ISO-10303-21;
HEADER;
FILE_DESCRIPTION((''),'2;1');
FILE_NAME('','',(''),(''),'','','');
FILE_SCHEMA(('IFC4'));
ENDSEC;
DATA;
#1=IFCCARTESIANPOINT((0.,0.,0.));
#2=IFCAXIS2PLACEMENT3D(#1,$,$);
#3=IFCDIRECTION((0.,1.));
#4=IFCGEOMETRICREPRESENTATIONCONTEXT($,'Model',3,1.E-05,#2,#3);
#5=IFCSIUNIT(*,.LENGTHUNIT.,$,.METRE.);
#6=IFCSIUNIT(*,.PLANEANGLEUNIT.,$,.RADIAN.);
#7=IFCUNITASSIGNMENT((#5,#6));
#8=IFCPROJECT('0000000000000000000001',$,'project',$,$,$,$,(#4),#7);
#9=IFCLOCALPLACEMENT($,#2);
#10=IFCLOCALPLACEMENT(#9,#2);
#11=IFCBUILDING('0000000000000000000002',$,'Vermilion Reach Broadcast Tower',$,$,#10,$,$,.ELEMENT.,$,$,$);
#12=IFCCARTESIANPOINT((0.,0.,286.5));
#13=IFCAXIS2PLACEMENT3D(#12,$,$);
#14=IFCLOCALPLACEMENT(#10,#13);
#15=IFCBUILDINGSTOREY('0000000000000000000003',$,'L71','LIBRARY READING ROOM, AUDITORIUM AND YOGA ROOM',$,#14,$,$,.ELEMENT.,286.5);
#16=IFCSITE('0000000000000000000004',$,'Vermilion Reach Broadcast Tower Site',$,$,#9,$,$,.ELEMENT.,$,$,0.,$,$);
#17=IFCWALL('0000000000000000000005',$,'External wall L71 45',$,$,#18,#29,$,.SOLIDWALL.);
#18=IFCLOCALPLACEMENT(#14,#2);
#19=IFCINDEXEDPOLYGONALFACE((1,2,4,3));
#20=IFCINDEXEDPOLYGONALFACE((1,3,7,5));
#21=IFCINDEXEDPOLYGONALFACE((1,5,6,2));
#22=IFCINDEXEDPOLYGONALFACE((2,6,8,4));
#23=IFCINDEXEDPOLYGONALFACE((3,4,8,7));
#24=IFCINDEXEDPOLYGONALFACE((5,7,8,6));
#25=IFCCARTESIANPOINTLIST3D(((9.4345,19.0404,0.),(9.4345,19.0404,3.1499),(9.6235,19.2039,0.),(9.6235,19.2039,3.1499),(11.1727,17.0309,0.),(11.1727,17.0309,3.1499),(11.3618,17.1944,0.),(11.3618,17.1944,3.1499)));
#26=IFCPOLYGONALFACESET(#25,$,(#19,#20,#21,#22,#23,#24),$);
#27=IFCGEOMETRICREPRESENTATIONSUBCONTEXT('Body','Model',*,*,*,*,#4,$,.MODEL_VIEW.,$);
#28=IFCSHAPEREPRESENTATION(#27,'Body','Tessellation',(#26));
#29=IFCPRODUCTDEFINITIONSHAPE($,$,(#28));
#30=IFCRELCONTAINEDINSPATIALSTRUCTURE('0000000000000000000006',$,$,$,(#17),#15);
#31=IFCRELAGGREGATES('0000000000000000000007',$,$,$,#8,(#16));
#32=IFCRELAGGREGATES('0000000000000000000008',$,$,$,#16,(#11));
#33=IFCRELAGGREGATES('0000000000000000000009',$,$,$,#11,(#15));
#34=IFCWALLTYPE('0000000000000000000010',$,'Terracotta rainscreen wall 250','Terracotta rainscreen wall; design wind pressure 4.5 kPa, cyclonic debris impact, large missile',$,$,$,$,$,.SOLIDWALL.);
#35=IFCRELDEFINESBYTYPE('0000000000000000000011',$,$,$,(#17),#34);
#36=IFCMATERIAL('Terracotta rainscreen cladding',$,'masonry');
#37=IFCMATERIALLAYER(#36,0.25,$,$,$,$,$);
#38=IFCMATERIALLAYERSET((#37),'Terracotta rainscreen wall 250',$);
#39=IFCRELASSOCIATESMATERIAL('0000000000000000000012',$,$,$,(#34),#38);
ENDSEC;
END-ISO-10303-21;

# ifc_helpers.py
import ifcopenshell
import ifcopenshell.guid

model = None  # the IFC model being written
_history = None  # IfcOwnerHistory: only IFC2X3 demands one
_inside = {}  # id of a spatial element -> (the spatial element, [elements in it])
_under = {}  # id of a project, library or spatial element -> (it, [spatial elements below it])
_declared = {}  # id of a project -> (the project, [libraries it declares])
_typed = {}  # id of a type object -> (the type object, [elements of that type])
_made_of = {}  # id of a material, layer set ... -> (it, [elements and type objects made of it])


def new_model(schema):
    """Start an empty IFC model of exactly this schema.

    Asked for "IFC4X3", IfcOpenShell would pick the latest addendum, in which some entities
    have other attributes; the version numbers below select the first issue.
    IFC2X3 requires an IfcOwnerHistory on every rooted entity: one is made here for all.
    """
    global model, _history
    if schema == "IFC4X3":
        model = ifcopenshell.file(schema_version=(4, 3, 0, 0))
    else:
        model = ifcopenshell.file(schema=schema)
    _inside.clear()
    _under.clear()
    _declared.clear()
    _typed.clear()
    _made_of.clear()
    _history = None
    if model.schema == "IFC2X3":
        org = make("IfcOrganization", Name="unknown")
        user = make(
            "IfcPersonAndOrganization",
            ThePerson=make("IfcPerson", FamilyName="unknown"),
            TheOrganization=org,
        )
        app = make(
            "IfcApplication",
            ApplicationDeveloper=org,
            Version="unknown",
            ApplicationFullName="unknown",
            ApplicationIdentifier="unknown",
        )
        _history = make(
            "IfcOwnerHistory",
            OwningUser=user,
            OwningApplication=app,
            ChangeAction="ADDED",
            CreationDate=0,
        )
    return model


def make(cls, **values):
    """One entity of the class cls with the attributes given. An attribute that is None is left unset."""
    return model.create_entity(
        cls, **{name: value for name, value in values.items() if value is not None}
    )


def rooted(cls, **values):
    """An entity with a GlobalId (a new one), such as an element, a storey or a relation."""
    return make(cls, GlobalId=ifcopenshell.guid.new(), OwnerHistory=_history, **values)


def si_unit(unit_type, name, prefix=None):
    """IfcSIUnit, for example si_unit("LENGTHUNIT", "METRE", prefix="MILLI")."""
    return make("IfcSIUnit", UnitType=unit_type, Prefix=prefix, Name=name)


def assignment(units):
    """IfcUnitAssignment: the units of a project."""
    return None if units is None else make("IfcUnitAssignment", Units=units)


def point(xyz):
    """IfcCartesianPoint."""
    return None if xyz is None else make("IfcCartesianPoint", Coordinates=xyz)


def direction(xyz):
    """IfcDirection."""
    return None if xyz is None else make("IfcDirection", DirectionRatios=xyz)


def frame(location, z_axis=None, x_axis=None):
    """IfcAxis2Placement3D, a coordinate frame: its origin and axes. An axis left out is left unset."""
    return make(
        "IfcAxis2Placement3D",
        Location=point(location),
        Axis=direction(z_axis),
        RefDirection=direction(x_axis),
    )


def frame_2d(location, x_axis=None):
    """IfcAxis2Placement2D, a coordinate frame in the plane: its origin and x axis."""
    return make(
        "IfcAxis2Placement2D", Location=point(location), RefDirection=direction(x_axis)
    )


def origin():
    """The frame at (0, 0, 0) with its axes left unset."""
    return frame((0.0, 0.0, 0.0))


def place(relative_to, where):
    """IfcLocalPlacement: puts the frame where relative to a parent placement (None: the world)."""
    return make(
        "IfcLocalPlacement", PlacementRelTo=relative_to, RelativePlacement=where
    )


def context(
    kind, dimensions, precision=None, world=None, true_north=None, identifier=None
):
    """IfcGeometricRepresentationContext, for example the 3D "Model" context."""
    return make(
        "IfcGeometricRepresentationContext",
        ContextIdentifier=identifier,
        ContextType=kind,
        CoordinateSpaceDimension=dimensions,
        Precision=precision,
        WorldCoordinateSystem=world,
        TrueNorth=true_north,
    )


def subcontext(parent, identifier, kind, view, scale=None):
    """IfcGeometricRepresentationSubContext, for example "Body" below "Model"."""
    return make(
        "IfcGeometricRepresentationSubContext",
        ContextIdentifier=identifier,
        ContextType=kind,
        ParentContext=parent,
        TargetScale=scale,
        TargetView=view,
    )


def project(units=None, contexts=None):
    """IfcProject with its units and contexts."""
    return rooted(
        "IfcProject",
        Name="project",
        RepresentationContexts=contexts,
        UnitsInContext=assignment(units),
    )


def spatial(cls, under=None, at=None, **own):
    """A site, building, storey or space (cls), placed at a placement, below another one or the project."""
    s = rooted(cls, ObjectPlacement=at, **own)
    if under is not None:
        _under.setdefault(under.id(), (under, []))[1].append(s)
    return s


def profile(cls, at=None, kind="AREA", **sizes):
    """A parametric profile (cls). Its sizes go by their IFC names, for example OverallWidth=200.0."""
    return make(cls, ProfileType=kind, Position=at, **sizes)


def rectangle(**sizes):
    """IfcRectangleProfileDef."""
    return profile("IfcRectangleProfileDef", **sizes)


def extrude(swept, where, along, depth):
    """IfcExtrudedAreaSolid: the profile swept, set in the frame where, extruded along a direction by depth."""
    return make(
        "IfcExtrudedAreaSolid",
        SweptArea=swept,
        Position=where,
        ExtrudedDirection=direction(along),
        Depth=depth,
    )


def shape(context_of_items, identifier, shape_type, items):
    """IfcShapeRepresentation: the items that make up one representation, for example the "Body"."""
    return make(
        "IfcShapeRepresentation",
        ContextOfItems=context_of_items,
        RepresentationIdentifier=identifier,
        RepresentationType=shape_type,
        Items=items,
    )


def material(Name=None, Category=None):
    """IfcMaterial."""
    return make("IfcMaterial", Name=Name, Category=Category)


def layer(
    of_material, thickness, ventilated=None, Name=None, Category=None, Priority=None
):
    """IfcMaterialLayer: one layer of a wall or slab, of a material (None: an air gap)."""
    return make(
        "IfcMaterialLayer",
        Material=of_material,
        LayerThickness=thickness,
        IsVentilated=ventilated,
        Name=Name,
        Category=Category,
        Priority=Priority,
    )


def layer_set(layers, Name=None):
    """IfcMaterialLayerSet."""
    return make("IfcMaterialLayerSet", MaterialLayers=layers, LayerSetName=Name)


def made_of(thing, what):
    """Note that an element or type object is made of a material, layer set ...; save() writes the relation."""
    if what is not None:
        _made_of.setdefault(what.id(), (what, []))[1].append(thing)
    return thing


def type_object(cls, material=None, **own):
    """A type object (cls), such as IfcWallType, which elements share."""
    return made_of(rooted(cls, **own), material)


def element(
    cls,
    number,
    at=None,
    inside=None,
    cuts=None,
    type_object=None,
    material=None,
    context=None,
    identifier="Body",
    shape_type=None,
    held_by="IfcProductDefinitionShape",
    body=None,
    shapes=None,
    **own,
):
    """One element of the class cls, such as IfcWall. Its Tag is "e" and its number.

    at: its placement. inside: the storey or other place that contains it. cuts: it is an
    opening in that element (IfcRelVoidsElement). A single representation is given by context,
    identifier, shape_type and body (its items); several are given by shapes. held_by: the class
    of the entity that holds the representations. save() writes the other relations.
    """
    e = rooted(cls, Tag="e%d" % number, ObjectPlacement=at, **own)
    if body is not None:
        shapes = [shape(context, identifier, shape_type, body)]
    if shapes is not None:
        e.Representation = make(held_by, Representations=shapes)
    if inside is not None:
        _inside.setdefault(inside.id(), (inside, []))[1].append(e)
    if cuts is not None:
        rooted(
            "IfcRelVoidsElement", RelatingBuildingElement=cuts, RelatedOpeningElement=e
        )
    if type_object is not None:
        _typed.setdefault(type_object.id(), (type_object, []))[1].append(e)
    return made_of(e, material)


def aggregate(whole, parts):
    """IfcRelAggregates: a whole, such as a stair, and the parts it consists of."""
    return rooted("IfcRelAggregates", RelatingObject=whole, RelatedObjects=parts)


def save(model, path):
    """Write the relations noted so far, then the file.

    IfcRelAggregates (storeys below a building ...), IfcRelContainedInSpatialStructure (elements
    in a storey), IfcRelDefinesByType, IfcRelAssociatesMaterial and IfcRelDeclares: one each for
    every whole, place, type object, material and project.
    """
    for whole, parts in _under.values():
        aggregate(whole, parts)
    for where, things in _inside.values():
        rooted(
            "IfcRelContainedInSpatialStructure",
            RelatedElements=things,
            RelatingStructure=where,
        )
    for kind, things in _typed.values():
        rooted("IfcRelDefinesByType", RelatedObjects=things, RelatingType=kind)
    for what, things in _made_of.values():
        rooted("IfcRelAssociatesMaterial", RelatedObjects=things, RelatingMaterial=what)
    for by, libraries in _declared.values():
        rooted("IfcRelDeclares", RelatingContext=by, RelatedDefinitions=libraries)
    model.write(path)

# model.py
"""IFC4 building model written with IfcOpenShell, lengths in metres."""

from ifc_helpers import new_model, si_unit, direction, frame, frame_2d, origin, place, context, subcontext, project, spatial, rectangle, extrude, material, layer, layer_set, type_object, element, save


model = new_model("IFC4")

# Units and contexts
model_context = context("Model", 3, precision=1e-05, world=origin(), true_north=direction((0.0, 1.0)))
body_context = subcontext(model_context, "Body", "Model", "MODEL_VIEW")
ifc_project = project(units=[si_unit("LENGTHUNIT", "METRE"), si_unit("PLANEANGLEUNIT", "RADIAN")], contexts=[model_context])

# Site, building, storey
site_placement = place(None, origin())
site = spatial("IfcSite", under=ifc_project, at=site_placement, Name="Vermilion Reach Broadcast Tower Site", CompositionType="ELEMENT", RefElevation=0.0)
building_placement = place(site_placement, origin())
building = spatial("IfcBuilding", under=site, at=building_placement, Name="Vermilion Reach Broadcast Tower", CompositionType="ELEMENT")
storey_placement = place(building_placement, frame((0.0, 0.0, 286.5)))
storey = spatial("IfcBuildingStorey", under=building, at=storey_placement, Name="L71", Description="LIBRARY READING ROOM, AUDITORIUM AND YOGA ROOM", CompositionType="ELEMENT", Elevation=286.5)

# Shared definitions
ifc_material_1 = material(Name="Terracotta rainscreen cladding", Category="masonry")
ifc_layer_1 = layer(ifc_material_1, 0.25)
ifc_layer_set_1 = layer_set([ifc_layer_1], Name="Terracotta rainscreen wall 250")
wall_type_1 = type_object("IfcWallType", Name="Terracotta rainscreen wall 250", Description="Terracotta rainscreen wall; design wind pressure 4.5 kPa, cyclonic debris impact, large missile", PredefinedType="SOLIDWALL", material=ifc_layer_set_1)

# Wall
wall_1_placement = place(storey_placement, frame((11.2673, 17.1125, 0.0), z_axis=(0.0, 0.0, 1.0), x_axis=(-0.65422, 0.756304, 0.0)))
element("IfcWall", 1, at=wall_1_placement, inside=storey, type_object=wall_type_1, Name="External wall L71 45", PredefinedType="SOLIDWALL", context=body_context, shape_type="SweptSolid", body=[
    extrude(rectangle(XDim=2.657, YDim=0.25, at=frame_2d((1.3286, 0.0))), origin(), (0.0, 0.0, 1.0), 3.1499),
])

save(model, "model.ifc")
